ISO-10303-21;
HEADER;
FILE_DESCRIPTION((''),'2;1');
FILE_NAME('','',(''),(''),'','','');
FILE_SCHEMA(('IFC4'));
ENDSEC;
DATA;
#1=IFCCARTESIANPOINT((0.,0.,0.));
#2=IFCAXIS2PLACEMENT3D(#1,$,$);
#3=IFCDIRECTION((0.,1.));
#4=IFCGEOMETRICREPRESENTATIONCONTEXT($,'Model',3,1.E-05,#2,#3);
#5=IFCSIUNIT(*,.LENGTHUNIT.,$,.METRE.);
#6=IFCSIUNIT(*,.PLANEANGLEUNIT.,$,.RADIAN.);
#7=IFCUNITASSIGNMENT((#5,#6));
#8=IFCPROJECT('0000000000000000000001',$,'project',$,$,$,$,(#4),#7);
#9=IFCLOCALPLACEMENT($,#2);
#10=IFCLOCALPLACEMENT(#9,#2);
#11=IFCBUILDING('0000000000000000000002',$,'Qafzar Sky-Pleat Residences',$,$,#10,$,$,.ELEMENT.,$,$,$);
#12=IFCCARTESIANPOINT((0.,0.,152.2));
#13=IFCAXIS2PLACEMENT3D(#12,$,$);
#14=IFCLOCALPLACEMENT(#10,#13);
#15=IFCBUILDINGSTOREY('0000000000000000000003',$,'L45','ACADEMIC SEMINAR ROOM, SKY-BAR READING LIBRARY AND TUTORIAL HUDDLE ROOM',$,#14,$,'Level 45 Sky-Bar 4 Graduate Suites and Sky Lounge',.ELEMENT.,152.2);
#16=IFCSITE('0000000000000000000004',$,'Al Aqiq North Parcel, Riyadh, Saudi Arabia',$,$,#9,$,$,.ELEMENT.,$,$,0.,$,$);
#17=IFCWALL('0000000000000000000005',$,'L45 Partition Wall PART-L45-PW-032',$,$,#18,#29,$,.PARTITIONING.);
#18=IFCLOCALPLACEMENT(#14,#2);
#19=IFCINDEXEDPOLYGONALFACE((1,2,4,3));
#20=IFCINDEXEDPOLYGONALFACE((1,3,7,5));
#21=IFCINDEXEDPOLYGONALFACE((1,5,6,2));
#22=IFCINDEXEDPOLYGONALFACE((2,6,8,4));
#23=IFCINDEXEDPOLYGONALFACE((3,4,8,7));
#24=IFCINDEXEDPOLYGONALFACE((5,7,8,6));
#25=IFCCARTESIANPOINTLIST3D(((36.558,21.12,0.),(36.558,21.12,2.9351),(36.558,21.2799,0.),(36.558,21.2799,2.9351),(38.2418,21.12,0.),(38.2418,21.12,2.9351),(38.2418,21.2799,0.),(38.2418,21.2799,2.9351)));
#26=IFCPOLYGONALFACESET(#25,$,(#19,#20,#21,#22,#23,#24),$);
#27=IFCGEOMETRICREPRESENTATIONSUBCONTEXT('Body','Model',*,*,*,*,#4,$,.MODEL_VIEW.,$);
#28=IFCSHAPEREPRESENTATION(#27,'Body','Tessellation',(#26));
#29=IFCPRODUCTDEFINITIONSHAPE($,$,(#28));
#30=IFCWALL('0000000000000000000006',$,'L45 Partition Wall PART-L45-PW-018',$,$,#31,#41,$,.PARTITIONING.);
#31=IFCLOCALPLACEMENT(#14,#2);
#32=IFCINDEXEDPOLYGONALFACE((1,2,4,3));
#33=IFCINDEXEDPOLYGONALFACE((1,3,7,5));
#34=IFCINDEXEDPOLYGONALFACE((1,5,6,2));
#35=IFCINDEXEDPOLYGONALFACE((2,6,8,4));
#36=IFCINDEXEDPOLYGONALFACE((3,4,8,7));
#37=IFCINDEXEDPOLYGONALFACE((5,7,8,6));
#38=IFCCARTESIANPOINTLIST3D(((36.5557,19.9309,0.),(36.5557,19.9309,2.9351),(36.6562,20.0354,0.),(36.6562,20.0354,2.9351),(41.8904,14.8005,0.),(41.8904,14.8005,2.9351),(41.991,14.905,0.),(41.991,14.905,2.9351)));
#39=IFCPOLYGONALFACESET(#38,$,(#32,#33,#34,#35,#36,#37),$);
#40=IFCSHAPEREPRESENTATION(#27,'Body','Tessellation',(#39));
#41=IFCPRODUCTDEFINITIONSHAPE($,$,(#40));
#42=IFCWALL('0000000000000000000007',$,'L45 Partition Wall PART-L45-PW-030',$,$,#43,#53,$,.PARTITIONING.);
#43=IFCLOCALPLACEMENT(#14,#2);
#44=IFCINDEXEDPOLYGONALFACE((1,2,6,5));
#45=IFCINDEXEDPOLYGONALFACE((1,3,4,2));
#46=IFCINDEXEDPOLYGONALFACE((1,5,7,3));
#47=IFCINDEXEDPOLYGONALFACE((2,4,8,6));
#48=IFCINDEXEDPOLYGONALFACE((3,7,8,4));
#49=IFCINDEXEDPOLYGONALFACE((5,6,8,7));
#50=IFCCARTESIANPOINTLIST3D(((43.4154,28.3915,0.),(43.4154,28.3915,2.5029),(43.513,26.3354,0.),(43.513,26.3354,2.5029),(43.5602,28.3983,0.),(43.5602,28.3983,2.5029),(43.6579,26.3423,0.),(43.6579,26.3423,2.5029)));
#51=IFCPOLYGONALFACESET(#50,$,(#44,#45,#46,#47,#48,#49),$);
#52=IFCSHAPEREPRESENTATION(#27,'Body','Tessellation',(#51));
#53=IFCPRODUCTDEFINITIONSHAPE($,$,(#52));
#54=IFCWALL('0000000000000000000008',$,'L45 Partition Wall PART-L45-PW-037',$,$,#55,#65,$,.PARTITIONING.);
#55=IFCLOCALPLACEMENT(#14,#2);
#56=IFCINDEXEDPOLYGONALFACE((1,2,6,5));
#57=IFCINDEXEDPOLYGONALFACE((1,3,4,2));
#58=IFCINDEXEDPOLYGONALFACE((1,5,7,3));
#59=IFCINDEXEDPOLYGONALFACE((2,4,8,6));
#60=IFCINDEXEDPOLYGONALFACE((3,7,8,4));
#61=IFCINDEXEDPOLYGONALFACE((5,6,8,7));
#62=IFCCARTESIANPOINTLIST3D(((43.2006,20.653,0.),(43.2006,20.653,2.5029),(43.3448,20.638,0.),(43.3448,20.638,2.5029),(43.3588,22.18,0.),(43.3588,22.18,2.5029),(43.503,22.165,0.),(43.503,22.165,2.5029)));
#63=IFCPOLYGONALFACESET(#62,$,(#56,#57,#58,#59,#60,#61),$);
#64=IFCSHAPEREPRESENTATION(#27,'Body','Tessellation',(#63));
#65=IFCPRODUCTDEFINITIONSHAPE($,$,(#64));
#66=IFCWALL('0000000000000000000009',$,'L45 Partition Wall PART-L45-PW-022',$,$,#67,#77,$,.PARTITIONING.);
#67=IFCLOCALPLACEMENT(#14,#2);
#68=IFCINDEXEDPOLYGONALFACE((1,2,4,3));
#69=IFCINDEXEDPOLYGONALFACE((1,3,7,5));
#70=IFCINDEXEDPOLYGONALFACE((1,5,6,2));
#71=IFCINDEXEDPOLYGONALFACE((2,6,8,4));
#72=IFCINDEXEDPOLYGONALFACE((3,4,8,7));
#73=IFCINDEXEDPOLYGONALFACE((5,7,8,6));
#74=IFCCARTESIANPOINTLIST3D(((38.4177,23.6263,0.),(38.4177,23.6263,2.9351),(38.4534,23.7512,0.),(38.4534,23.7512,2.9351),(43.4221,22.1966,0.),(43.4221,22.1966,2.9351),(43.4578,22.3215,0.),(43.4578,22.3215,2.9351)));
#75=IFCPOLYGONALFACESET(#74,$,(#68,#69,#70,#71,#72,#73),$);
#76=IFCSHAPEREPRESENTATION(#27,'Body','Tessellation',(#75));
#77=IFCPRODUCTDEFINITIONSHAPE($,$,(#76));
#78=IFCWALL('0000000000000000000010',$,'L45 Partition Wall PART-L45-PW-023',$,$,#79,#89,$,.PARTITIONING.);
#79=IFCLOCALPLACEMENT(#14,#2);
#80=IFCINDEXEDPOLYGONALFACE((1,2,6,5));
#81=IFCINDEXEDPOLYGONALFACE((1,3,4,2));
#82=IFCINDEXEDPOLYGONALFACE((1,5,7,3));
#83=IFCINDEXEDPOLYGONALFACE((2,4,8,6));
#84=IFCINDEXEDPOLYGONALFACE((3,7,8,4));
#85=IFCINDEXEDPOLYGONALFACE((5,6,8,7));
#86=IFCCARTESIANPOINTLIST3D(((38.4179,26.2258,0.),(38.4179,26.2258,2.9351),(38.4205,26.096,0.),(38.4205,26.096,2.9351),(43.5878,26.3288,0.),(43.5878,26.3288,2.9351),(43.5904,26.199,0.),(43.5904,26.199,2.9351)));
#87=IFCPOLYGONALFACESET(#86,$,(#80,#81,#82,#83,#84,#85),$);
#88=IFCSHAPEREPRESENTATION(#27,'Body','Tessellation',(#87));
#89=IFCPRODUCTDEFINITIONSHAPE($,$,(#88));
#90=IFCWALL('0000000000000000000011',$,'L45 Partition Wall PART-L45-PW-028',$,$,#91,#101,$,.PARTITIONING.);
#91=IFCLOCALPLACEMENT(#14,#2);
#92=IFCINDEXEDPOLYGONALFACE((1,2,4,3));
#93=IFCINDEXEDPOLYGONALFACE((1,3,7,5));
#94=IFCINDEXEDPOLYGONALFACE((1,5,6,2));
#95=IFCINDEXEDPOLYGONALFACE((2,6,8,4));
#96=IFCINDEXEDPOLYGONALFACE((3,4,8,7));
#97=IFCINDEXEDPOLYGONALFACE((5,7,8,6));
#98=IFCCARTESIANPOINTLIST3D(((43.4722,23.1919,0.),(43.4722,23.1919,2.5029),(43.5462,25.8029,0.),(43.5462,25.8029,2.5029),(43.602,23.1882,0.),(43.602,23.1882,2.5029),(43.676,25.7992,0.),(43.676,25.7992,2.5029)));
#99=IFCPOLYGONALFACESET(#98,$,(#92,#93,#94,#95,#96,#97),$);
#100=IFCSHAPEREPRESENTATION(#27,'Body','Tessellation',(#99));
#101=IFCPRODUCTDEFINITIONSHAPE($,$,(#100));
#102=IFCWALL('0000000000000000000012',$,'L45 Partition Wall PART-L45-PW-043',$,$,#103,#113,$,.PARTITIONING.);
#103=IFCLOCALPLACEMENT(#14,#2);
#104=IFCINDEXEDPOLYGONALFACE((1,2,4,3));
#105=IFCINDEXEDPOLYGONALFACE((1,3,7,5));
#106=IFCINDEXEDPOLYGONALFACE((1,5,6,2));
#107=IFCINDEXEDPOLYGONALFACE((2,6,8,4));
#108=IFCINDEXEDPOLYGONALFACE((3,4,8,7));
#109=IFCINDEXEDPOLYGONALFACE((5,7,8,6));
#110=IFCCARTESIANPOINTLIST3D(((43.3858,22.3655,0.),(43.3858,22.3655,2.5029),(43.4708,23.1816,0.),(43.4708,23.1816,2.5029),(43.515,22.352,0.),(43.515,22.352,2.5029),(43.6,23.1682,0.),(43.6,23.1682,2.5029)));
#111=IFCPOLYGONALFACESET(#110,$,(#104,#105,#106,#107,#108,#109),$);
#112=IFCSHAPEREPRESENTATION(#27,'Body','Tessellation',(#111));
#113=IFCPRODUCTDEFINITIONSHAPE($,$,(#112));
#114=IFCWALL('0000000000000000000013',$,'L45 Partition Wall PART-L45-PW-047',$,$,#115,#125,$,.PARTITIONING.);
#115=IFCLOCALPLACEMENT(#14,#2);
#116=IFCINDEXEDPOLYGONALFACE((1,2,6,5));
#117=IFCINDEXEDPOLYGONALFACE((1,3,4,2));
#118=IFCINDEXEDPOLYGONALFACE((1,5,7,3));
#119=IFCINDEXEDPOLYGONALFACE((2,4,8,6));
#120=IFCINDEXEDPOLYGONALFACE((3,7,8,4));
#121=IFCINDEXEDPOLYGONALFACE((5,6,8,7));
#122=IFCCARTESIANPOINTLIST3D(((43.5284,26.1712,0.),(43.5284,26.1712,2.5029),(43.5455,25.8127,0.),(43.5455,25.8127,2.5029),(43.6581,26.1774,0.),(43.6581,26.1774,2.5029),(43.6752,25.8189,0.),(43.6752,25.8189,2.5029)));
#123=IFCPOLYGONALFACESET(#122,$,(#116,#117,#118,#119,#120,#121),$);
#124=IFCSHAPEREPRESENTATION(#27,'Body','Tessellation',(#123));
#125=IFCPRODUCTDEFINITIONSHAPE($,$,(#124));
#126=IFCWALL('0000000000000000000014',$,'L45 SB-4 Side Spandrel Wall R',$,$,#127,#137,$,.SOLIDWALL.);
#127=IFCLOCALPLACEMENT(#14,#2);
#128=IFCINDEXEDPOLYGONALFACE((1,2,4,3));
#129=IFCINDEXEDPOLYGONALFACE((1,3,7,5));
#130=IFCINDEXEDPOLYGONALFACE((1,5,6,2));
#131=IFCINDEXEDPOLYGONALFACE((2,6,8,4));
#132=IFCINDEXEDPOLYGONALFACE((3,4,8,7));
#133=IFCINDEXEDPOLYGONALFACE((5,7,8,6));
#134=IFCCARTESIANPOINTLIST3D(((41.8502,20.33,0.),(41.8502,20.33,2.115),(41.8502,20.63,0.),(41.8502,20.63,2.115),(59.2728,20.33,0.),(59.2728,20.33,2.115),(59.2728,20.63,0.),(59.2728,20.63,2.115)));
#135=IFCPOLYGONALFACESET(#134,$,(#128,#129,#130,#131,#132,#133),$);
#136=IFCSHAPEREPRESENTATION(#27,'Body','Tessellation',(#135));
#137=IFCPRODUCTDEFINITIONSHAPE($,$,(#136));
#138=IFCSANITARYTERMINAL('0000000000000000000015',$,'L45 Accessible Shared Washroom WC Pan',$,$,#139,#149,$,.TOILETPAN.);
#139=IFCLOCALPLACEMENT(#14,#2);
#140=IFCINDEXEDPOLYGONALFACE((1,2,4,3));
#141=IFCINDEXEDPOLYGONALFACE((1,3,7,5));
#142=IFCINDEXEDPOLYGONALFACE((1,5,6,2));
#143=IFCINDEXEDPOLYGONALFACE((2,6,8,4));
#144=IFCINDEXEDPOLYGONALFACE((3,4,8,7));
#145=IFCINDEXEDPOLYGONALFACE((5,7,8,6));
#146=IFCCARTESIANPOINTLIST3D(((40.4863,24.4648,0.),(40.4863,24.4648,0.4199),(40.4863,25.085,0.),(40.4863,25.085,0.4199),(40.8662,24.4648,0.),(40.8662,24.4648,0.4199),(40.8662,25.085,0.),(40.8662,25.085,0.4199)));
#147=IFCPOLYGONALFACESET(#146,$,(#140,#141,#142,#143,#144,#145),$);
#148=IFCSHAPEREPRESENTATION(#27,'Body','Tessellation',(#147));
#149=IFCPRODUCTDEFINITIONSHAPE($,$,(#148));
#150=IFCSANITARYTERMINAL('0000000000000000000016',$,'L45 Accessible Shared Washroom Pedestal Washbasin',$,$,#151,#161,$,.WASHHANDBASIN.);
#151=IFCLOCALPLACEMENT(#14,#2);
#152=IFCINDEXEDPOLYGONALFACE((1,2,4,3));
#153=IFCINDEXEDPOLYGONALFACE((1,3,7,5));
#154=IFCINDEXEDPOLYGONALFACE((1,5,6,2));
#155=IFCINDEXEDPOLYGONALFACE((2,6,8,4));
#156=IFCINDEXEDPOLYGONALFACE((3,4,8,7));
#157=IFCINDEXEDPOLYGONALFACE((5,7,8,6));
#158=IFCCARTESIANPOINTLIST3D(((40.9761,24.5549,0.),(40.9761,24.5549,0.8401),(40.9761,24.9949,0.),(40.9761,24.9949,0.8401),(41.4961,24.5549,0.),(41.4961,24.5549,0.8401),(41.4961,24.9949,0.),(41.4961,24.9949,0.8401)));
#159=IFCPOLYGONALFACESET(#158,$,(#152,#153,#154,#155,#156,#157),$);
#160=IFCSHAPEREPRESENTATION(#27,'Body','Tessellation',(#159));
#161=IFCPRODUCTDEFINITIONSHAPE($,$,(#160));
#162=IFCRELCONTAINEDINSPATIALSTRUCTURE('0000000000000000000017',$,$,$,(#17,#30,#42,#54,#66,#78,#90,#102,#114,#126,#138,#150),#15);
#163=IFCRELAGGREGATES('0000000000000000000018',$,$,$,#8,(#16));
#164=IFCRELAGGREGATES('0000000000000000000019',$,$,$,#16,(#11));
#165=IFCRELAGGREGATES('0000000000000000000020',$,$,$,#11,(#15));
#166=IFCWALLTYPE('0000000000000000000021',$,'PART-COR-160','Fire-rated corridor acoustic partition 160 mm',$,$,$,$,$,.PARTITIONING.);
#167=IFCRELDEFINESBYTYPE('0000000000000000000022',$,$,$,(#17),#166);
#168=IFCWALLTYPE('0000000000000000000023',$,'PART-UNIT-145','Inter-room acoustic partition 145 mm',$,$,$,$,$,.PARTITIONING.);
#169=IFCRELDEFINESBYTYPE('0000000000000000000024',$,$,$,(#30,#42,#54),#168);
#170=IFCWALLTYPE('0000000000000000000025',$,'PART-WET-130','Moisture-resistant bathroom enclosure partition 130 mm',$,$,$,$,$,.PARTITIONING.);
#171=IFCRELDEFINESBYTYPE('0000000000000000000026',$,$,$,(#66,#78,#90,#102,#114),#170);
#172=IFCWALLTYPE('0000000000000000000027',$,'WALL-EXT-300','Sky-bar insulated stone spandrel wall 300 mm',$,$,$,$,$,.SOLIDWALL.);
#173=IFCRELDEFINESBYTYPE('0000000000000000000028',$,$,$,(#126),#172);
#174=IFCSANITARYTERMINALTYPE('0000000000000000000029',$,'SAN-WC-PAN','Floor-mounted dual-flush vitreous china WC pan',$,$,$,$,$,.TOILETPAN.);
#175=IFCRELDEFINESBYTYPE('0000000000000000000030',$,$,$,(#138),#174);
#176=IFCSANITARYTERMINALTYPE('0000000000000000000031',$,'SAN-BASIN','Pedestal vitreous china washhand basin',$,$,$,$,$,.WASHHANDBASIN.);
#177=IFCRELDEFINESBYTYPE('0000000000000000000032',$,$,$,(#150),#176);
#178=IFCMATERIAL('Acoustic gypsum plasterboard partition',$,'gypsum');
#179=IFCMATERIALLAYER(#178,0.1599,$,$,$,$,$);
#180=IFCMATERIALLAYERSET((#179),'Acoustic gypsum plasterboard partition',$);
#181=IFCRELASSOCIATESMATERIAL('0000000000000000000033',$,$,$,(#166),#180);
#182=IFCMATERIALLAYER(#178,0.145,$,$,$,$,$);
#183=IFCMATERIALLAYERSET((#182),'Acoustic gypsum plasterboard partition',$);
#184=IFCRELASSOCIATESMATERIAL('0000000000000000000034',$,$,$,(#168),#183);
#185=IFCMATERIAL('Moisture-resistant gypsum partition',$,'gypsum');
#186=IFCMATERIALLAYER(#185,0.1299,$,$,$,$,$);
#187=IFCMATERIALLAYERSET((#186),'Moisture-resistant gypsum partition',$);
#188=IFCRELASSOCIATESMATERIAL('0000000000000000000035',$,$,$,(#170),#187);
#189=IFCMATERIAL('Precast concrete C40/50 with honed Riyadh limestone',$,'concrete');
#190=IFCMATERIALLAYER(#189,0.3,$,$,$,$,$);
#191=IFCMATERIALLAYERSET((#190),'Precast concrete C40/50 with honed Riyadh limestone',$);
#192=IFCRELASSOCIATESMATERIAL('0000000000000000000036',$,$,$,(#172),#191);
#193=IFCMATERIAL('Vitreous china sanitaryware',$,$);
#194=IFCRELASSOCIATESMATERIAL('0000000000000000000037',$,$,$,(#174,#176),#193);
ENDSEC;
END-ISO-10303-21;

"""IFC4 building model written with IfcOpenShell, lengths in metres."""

from ifc_helpers import new_model, si_unit, direction, frame, frame_2d, origin, origin_2d, place, context, subcontext, project, spatial, rectangle, extrude, source, transform, mapped, material, layer, layer_set, type_object, element, save


model = new_model("IFC4")

# Units and contexts
model_context = context("Model", 3, precision=1e-05, world=origin(), true_north=direction((0.0, 1.0)))
body_context = subcontext(model_context, "Body", "Model", "MODEL_VIEW")
ifc_project = project(units=[si_unit("LENGTHUNIT", "METRE"), si_unit("PLANEANGLEUNIT", "RADIAN")], contexts=[model_context])

# Site, building, storey
site_placement = place(None, origin())
site = spatial("IfcSite", under=ifc_project, at=site_placement, Name="Al Aqiq North Parcel, Riyadh, Saudi Arabia", CompositionType="ELEMENT", RefElevation=0.0)
building_placement = place(site_placement, origin())
building = spatial("IfcBuilding", under=site, at=building_placement, Name="Qafzar Sky-Pleat Residences", CompositionType="ELEMENT")
storey_placement = place(building_placement, frame((0.0, 0.0, 152.2)))
storey = spatial("IfcBuildingStorey", under=building, at=storey_placement, Name="L45", Description="ACADEMIC SEMINAR ROOM, SKY-BAR READING LIBRARY AND TUTORIAL HUDDLE ROOM", LongName="Level 45 Sky-Bar 4 Graduate Suites and Sky Lounge", CompositionType="ELEMENT", Elevation=152.2)

# Shared definitions
ifc_material_1 = material(Name="Acoustic gypsum plasterboard partition", Category="gypsum")
ifc_layer_1 = layer(ifc_material_1, 0.1599)
ifc_layer_set_1 = layer_set([ifc_layer_1], Name="Acoustic gypsum plasterboard partition")
wall_type_1 = type_object("IfcWallType", Name="PART-COR-160", Description="Fire-rated corridor acoustic partition 160 mm", PredefinedType="PARTITIONING", material=ifc_layer_set_1)

# Wall
wall_1_placement = place(storey_placement, frame((36.5581, 21.2, 0.0), z_axis=(0.0, 0.0, 1.0), x_axis=(1.0, 0.0, 0.0)))
element("IfcWall", 1, at=wall_1_placement, inside=storey, type_object=wall_type_1, Name="L45 Partition Wall PART-L45-PW-032", PredefinedType="PARTITIONING", context=body_context, shape_type="SweptSolid", body=[
    extrude(rectangle(XDim=1.6838, YDim=0.1599, at=frame_2d((0.8418, 0.0))), origin(), (0.0, 0.0, 1.0), 2.9351),
])

# Walls
ifc_layer_2 = layer(ifc_material_1, 0.145)
ifc_layer_set_2 = layer_set([ifc_layer_2], Name="Acoustic gypsum plasterboard partition")
wall_type_2 = type_object("IfcWallType", Name="PART-UNIT-145", Description="Inter-room acoustic partition 145 mm", PredefinedType="PARTITIONING", material=ifc_layer_set_2)
wall_2_placement = place(storey_placement, frame((36.606, 19.9832, 0.0), z_axis=(0.0, 0.0, 1.0), x_axis=(0.720777, -0.693167, 0.0)))
element("IfcWall", 2, at=wall_2_placement, inside=storey, type_object=wall_type_2, Name="L45 Partition Wall PART-L45-PW-018", PredefinedType="PARTITIONING", context=body_context, shape_type="SweptSolid", body=[
    extrude(rectangle(XDim=7.4014, YDim=0.145, at=frame_2d((3.7007, 0.0))), origin(), (0.0, 0.0, 1.0), 2.9351),
])
wall_3_placement = place(storey_placement, frame((43.4878, 28.395, 0.0), z_axis=(0.0, 0.0, 1.0), x_axis=(0.047441, -0.998874, 0.0)))
element("IfcWall", 3, at=wall_3_placement, inside=storey, type_object=wall_type_2, Name="L45 Partition Wall PART-L45-PW-030", PredefinedType="PARTITIONING", context=body_context, shape_type="SweptSolid", body=[
    extrude(rectangle(XDim=2.0583, YDim=0.145, at=frame_2d((1.0293, 0.0))), origin(), (0.0, 0.0, 1.0), 2.5029),
])
wall_4_placement = place(storey_placement, frame((43.2727, 20.6455, 0.0), z_axis=(0.0, 0.0, 1.0), x_axis=(0.103046, 0.994677, 0.0)))
element("IfcWall", 4, at=wall_4_placement, inside=storey, type_object=wall_type_2, Name="L45 Partition Wall PART-L45-PW-037", PredefinedType="PARTITIONING", context=body_context, shape_type="SweptSolid", body=[
    extrude(rectangle(XDim=1.5352, YDim=0.145, at=frame_2d((0.7676, 0.0))), origin(), (0.0, 0.0, 1.0), 2.5029),
])
ifc_material_2 = material(Name="Moisture-resistant gypsum partition", Category="gypsum")
ifc_layer_3 = layer(ifc_material_2, 0.1299)
ifc_layer_set_3 = layer_set([ifc_layer_3], Name="Moisture-resistant gypsum partition")
wall_type_3 = type_object("IfcWallType", Name="PART-WET-130", Description="Moisture-resistant bathroom enclosure partition 130 mm", PredefinedType="PARTITIONING", material=ifc_layer_set_3)
wall_5_placement = place(storey_placement, frame((38.4355, 23.6887, 0.0), z_axis=(0.0, 0.0, 1.0), x_axis=(0.961531, -0.274696, 0.0)))
element("IfcWall", 5, at=wall_5_placement, inside=storey, type_object=wall_type_3, Name="L45 Partition Wall PART-L45-PW-022", PredefinedType="PARTITIONING", context=body_context, shape_type="SweptSolid", body=[
    extrude(rectangle(XDim=5.2046, YDim=0.1299, at=frame_2d((2.6023, 0.0))), origin(), (0.0, 0.0, 1.0), 2.9351),
])
wall_6_placement = place(storey_placement, frame((38.4192, 26.1609, 0.0), z_axis=(0.0, 0.0, 1.0), x_axis=(0.999801, 0.019924, 0.0)))
element("IfcWall", 6, at=wall_6_placement, inside=storey, type_object=wall_type_3, Name="L45 Partition Wall PART-L45-PW-023", PredefinedType="PARTITIONING", context=body_context, shape_type="SweptSolid", body=[
    extrude(rectangle(XDim=5.1709, YDim=0.1299, at=frame_2d((2.5854, 0.0))), origin(), (0.0, 0.0, 1.0), 2.9351),
])
wall_7_placement = place(storey_placement, frame((43.5371, 23.1899, 0.0), z_axis=(0.0, 0.0, 1.0), x_axis=(0.02832, 0.999599, 0.0)))
element("IfcWall", 7, at=wall_7_placement, inside=storey, type_object=wall_type_3, Name="L45 Partition Wall PART-L45-PW-028", PredefinedType="PARTITIONING", context=body_context, shape_type="SweptSolid", body=[
    extrude(rectangle(XDim=2.6121, YDim=0.1299, at=frame_2d((1.3062, 0.0))), origin(), (0.0, 0.0, 1.0), 2.5029),
])
wall_8_placement = place(storey_placement, frame((43.4504, 22.3589, 0.0), z_axis=(0.0, 0.0, 1.0), x_axis=(0.103539, 0.994625, 0.0)))
element("IfcWall", 8, at=wall_8_placement, inside=storey, type_object=wall_type_3, Name="L45 Partition Wall PART-L45-PW-043", PredefinedType="PARTITIONING", context=body_context, shape_type="SweptSolid", body=[
    extrude(rectangle(XDim=0.8206, YDim=0.1299, at=frame_2d((0.4102, 0.0))), origin(), (0.0, 0.0, 1.0), 2.5029),
])
wall_9_placement = place(storey_placement, frame((43.5933, 26.1743, 0.0), z_axis=(0.0, 0.0, 1.0), x_axis=(0.04763, -0.998865, 0.0)))
element("IfcWall", 9, at=wall_9_placement, inside=storey, type_object=wall_type_3, Name="L45 Partition Wall PART-L45-PW-047", PredefinedType="PARTITIONING", context=body_context, shape_type="SweptSolid", body=[
    extrude(rectangle(XDim=0.3589, YDim=0.1299, at=frame_2d((0.1794, 0.0))), origin(), (0.0, 0.0, 1.0), 2.5029),
])
ifc_material_3 = material(Name="Precast concrete C40/50 with honed Riyadh limestone", Category="concrete")
ifc_layer_4 = layer(ifc_material_3, 0.3)
ifc_layer_set_4 = layer_set([ifc_layer_4], Name="Precast concrete C40/50 with honed Riyadh limestone")
wall_type_4 = type_object("IfcWallType", Name="WALL-EXT-300", Description="Sky-bar insulated stone spandrel wall 300 mm", PredefinedType="SOLIDWALL", material=ifc_layer_set_4)
wall_10_placement = place(storey_placement, frame((41.8501, 20.48, 0.0), z_axis=(0.0, 0.0, 1.0), x_axis=(1.0, 0.0, 0.0)))
element("IfcWall", 10, at=wall_10_placement, inside=storey, type_object=wall_type_4, Name="L45 SB-4 Side Spandrel Wall R", PredefinedType="SOLIDWALL", context=body_context, shape_type="SweptSolid", body=[
    extrude(rectangle(XDim=17.4226, YDim=0.3, at=frame_2d((8.7114, 0.0))), origin(), (0.0, 0.0, 1.0), 2.115),
])

# Sanitary terminals
ifc_material_4 = material(Name="Vitreous china sanitaryware")
sanitary_terminal_type_1 = type_object("IfcSanitaryTerminalType", Name="SAN-WC-PAN", Description="Floor-mounted dual-flush vitreous china WC pan", PredefinedType="TOILETPAN", material=ifc_material_4)
shared_shape_1 = source(origin(), body_context, "Body", "SweptSolid", [
    extrude(rectangle(XDim=0.3799, YDim=0.6201, at=origin_2d()), origin(), (0.0, 0.0, 1.0), 0.4199),
])
sanitary_terminal_1_placement = place(storey_placement, frame((40.6763, 24.7749, 0.0), z_axis=(0.0, 0.0, 1.0), x_axis=(1.0, 0.0, 0.0)))
element("IfcSanitaryTerminal", 11, at=sanitary_terminal_1_placement, inside=storey, type_object=sanitary_terminal_type_1, Name="L45 Accessible Shared Washroom WC Pan", PredefinedType="TOILETPAN", context=body_context, shape_type="MappedRepresentation", body=[
    mapped(shared_shape_1, transform((0.0, 0.0, 0.0), x_axis=(1.0, 0.0, 0.0), y_axis=(0.0, 1.0, 0.0), z_axis=(0.0, 0.0, 1.0), scale=1.0)),
])
sanitary_terminal_type_2 = type_object("IfcSanitaryTerminalType", Name="SAN-BASIN", Description="Pedestal vitreous china washhand basin", PredefinedType="WASHHANDBASIN", material=ifc_material_4)
shared_shape_2 = source(origin(), body_context, "Body", "SweptSolid", [
    extrude(rectangle(XDim=0.52, YDim=0.4399, at=origin_2d()), origin(), (0.0, 0.0, 1.0), 0.8401),
])
sanitary_terminal_2_placement = place(storey_placement, frame((41.2361, 24.7749, 0.0), z_axis=(0.0, 0.0, 1.0), x_axis=(1.0, 0.0, 0.0)))
element("IfcSanitaryTerminal", 12, at=sanitary_terminal_2_placement, inside=storey, type_object=sanitary_terminal_type_2, Name="L45 Accessible Shared Washroom Pedestal Washbasin", PredefinedType="WASHHANDBASIN", context=body_context, shape_type="MappedRepresentation", body=[
    mapped(shared_shape_2, transform((0.0, 0.0, 0.0), x_axis=(1.0, 0.0, 0.0), y_axis=(0.0, 1.0, 0.0), z_axis=(0.0, 0.0, 1.0), scale=1.0)),
])

save(model, "model.ifc")
